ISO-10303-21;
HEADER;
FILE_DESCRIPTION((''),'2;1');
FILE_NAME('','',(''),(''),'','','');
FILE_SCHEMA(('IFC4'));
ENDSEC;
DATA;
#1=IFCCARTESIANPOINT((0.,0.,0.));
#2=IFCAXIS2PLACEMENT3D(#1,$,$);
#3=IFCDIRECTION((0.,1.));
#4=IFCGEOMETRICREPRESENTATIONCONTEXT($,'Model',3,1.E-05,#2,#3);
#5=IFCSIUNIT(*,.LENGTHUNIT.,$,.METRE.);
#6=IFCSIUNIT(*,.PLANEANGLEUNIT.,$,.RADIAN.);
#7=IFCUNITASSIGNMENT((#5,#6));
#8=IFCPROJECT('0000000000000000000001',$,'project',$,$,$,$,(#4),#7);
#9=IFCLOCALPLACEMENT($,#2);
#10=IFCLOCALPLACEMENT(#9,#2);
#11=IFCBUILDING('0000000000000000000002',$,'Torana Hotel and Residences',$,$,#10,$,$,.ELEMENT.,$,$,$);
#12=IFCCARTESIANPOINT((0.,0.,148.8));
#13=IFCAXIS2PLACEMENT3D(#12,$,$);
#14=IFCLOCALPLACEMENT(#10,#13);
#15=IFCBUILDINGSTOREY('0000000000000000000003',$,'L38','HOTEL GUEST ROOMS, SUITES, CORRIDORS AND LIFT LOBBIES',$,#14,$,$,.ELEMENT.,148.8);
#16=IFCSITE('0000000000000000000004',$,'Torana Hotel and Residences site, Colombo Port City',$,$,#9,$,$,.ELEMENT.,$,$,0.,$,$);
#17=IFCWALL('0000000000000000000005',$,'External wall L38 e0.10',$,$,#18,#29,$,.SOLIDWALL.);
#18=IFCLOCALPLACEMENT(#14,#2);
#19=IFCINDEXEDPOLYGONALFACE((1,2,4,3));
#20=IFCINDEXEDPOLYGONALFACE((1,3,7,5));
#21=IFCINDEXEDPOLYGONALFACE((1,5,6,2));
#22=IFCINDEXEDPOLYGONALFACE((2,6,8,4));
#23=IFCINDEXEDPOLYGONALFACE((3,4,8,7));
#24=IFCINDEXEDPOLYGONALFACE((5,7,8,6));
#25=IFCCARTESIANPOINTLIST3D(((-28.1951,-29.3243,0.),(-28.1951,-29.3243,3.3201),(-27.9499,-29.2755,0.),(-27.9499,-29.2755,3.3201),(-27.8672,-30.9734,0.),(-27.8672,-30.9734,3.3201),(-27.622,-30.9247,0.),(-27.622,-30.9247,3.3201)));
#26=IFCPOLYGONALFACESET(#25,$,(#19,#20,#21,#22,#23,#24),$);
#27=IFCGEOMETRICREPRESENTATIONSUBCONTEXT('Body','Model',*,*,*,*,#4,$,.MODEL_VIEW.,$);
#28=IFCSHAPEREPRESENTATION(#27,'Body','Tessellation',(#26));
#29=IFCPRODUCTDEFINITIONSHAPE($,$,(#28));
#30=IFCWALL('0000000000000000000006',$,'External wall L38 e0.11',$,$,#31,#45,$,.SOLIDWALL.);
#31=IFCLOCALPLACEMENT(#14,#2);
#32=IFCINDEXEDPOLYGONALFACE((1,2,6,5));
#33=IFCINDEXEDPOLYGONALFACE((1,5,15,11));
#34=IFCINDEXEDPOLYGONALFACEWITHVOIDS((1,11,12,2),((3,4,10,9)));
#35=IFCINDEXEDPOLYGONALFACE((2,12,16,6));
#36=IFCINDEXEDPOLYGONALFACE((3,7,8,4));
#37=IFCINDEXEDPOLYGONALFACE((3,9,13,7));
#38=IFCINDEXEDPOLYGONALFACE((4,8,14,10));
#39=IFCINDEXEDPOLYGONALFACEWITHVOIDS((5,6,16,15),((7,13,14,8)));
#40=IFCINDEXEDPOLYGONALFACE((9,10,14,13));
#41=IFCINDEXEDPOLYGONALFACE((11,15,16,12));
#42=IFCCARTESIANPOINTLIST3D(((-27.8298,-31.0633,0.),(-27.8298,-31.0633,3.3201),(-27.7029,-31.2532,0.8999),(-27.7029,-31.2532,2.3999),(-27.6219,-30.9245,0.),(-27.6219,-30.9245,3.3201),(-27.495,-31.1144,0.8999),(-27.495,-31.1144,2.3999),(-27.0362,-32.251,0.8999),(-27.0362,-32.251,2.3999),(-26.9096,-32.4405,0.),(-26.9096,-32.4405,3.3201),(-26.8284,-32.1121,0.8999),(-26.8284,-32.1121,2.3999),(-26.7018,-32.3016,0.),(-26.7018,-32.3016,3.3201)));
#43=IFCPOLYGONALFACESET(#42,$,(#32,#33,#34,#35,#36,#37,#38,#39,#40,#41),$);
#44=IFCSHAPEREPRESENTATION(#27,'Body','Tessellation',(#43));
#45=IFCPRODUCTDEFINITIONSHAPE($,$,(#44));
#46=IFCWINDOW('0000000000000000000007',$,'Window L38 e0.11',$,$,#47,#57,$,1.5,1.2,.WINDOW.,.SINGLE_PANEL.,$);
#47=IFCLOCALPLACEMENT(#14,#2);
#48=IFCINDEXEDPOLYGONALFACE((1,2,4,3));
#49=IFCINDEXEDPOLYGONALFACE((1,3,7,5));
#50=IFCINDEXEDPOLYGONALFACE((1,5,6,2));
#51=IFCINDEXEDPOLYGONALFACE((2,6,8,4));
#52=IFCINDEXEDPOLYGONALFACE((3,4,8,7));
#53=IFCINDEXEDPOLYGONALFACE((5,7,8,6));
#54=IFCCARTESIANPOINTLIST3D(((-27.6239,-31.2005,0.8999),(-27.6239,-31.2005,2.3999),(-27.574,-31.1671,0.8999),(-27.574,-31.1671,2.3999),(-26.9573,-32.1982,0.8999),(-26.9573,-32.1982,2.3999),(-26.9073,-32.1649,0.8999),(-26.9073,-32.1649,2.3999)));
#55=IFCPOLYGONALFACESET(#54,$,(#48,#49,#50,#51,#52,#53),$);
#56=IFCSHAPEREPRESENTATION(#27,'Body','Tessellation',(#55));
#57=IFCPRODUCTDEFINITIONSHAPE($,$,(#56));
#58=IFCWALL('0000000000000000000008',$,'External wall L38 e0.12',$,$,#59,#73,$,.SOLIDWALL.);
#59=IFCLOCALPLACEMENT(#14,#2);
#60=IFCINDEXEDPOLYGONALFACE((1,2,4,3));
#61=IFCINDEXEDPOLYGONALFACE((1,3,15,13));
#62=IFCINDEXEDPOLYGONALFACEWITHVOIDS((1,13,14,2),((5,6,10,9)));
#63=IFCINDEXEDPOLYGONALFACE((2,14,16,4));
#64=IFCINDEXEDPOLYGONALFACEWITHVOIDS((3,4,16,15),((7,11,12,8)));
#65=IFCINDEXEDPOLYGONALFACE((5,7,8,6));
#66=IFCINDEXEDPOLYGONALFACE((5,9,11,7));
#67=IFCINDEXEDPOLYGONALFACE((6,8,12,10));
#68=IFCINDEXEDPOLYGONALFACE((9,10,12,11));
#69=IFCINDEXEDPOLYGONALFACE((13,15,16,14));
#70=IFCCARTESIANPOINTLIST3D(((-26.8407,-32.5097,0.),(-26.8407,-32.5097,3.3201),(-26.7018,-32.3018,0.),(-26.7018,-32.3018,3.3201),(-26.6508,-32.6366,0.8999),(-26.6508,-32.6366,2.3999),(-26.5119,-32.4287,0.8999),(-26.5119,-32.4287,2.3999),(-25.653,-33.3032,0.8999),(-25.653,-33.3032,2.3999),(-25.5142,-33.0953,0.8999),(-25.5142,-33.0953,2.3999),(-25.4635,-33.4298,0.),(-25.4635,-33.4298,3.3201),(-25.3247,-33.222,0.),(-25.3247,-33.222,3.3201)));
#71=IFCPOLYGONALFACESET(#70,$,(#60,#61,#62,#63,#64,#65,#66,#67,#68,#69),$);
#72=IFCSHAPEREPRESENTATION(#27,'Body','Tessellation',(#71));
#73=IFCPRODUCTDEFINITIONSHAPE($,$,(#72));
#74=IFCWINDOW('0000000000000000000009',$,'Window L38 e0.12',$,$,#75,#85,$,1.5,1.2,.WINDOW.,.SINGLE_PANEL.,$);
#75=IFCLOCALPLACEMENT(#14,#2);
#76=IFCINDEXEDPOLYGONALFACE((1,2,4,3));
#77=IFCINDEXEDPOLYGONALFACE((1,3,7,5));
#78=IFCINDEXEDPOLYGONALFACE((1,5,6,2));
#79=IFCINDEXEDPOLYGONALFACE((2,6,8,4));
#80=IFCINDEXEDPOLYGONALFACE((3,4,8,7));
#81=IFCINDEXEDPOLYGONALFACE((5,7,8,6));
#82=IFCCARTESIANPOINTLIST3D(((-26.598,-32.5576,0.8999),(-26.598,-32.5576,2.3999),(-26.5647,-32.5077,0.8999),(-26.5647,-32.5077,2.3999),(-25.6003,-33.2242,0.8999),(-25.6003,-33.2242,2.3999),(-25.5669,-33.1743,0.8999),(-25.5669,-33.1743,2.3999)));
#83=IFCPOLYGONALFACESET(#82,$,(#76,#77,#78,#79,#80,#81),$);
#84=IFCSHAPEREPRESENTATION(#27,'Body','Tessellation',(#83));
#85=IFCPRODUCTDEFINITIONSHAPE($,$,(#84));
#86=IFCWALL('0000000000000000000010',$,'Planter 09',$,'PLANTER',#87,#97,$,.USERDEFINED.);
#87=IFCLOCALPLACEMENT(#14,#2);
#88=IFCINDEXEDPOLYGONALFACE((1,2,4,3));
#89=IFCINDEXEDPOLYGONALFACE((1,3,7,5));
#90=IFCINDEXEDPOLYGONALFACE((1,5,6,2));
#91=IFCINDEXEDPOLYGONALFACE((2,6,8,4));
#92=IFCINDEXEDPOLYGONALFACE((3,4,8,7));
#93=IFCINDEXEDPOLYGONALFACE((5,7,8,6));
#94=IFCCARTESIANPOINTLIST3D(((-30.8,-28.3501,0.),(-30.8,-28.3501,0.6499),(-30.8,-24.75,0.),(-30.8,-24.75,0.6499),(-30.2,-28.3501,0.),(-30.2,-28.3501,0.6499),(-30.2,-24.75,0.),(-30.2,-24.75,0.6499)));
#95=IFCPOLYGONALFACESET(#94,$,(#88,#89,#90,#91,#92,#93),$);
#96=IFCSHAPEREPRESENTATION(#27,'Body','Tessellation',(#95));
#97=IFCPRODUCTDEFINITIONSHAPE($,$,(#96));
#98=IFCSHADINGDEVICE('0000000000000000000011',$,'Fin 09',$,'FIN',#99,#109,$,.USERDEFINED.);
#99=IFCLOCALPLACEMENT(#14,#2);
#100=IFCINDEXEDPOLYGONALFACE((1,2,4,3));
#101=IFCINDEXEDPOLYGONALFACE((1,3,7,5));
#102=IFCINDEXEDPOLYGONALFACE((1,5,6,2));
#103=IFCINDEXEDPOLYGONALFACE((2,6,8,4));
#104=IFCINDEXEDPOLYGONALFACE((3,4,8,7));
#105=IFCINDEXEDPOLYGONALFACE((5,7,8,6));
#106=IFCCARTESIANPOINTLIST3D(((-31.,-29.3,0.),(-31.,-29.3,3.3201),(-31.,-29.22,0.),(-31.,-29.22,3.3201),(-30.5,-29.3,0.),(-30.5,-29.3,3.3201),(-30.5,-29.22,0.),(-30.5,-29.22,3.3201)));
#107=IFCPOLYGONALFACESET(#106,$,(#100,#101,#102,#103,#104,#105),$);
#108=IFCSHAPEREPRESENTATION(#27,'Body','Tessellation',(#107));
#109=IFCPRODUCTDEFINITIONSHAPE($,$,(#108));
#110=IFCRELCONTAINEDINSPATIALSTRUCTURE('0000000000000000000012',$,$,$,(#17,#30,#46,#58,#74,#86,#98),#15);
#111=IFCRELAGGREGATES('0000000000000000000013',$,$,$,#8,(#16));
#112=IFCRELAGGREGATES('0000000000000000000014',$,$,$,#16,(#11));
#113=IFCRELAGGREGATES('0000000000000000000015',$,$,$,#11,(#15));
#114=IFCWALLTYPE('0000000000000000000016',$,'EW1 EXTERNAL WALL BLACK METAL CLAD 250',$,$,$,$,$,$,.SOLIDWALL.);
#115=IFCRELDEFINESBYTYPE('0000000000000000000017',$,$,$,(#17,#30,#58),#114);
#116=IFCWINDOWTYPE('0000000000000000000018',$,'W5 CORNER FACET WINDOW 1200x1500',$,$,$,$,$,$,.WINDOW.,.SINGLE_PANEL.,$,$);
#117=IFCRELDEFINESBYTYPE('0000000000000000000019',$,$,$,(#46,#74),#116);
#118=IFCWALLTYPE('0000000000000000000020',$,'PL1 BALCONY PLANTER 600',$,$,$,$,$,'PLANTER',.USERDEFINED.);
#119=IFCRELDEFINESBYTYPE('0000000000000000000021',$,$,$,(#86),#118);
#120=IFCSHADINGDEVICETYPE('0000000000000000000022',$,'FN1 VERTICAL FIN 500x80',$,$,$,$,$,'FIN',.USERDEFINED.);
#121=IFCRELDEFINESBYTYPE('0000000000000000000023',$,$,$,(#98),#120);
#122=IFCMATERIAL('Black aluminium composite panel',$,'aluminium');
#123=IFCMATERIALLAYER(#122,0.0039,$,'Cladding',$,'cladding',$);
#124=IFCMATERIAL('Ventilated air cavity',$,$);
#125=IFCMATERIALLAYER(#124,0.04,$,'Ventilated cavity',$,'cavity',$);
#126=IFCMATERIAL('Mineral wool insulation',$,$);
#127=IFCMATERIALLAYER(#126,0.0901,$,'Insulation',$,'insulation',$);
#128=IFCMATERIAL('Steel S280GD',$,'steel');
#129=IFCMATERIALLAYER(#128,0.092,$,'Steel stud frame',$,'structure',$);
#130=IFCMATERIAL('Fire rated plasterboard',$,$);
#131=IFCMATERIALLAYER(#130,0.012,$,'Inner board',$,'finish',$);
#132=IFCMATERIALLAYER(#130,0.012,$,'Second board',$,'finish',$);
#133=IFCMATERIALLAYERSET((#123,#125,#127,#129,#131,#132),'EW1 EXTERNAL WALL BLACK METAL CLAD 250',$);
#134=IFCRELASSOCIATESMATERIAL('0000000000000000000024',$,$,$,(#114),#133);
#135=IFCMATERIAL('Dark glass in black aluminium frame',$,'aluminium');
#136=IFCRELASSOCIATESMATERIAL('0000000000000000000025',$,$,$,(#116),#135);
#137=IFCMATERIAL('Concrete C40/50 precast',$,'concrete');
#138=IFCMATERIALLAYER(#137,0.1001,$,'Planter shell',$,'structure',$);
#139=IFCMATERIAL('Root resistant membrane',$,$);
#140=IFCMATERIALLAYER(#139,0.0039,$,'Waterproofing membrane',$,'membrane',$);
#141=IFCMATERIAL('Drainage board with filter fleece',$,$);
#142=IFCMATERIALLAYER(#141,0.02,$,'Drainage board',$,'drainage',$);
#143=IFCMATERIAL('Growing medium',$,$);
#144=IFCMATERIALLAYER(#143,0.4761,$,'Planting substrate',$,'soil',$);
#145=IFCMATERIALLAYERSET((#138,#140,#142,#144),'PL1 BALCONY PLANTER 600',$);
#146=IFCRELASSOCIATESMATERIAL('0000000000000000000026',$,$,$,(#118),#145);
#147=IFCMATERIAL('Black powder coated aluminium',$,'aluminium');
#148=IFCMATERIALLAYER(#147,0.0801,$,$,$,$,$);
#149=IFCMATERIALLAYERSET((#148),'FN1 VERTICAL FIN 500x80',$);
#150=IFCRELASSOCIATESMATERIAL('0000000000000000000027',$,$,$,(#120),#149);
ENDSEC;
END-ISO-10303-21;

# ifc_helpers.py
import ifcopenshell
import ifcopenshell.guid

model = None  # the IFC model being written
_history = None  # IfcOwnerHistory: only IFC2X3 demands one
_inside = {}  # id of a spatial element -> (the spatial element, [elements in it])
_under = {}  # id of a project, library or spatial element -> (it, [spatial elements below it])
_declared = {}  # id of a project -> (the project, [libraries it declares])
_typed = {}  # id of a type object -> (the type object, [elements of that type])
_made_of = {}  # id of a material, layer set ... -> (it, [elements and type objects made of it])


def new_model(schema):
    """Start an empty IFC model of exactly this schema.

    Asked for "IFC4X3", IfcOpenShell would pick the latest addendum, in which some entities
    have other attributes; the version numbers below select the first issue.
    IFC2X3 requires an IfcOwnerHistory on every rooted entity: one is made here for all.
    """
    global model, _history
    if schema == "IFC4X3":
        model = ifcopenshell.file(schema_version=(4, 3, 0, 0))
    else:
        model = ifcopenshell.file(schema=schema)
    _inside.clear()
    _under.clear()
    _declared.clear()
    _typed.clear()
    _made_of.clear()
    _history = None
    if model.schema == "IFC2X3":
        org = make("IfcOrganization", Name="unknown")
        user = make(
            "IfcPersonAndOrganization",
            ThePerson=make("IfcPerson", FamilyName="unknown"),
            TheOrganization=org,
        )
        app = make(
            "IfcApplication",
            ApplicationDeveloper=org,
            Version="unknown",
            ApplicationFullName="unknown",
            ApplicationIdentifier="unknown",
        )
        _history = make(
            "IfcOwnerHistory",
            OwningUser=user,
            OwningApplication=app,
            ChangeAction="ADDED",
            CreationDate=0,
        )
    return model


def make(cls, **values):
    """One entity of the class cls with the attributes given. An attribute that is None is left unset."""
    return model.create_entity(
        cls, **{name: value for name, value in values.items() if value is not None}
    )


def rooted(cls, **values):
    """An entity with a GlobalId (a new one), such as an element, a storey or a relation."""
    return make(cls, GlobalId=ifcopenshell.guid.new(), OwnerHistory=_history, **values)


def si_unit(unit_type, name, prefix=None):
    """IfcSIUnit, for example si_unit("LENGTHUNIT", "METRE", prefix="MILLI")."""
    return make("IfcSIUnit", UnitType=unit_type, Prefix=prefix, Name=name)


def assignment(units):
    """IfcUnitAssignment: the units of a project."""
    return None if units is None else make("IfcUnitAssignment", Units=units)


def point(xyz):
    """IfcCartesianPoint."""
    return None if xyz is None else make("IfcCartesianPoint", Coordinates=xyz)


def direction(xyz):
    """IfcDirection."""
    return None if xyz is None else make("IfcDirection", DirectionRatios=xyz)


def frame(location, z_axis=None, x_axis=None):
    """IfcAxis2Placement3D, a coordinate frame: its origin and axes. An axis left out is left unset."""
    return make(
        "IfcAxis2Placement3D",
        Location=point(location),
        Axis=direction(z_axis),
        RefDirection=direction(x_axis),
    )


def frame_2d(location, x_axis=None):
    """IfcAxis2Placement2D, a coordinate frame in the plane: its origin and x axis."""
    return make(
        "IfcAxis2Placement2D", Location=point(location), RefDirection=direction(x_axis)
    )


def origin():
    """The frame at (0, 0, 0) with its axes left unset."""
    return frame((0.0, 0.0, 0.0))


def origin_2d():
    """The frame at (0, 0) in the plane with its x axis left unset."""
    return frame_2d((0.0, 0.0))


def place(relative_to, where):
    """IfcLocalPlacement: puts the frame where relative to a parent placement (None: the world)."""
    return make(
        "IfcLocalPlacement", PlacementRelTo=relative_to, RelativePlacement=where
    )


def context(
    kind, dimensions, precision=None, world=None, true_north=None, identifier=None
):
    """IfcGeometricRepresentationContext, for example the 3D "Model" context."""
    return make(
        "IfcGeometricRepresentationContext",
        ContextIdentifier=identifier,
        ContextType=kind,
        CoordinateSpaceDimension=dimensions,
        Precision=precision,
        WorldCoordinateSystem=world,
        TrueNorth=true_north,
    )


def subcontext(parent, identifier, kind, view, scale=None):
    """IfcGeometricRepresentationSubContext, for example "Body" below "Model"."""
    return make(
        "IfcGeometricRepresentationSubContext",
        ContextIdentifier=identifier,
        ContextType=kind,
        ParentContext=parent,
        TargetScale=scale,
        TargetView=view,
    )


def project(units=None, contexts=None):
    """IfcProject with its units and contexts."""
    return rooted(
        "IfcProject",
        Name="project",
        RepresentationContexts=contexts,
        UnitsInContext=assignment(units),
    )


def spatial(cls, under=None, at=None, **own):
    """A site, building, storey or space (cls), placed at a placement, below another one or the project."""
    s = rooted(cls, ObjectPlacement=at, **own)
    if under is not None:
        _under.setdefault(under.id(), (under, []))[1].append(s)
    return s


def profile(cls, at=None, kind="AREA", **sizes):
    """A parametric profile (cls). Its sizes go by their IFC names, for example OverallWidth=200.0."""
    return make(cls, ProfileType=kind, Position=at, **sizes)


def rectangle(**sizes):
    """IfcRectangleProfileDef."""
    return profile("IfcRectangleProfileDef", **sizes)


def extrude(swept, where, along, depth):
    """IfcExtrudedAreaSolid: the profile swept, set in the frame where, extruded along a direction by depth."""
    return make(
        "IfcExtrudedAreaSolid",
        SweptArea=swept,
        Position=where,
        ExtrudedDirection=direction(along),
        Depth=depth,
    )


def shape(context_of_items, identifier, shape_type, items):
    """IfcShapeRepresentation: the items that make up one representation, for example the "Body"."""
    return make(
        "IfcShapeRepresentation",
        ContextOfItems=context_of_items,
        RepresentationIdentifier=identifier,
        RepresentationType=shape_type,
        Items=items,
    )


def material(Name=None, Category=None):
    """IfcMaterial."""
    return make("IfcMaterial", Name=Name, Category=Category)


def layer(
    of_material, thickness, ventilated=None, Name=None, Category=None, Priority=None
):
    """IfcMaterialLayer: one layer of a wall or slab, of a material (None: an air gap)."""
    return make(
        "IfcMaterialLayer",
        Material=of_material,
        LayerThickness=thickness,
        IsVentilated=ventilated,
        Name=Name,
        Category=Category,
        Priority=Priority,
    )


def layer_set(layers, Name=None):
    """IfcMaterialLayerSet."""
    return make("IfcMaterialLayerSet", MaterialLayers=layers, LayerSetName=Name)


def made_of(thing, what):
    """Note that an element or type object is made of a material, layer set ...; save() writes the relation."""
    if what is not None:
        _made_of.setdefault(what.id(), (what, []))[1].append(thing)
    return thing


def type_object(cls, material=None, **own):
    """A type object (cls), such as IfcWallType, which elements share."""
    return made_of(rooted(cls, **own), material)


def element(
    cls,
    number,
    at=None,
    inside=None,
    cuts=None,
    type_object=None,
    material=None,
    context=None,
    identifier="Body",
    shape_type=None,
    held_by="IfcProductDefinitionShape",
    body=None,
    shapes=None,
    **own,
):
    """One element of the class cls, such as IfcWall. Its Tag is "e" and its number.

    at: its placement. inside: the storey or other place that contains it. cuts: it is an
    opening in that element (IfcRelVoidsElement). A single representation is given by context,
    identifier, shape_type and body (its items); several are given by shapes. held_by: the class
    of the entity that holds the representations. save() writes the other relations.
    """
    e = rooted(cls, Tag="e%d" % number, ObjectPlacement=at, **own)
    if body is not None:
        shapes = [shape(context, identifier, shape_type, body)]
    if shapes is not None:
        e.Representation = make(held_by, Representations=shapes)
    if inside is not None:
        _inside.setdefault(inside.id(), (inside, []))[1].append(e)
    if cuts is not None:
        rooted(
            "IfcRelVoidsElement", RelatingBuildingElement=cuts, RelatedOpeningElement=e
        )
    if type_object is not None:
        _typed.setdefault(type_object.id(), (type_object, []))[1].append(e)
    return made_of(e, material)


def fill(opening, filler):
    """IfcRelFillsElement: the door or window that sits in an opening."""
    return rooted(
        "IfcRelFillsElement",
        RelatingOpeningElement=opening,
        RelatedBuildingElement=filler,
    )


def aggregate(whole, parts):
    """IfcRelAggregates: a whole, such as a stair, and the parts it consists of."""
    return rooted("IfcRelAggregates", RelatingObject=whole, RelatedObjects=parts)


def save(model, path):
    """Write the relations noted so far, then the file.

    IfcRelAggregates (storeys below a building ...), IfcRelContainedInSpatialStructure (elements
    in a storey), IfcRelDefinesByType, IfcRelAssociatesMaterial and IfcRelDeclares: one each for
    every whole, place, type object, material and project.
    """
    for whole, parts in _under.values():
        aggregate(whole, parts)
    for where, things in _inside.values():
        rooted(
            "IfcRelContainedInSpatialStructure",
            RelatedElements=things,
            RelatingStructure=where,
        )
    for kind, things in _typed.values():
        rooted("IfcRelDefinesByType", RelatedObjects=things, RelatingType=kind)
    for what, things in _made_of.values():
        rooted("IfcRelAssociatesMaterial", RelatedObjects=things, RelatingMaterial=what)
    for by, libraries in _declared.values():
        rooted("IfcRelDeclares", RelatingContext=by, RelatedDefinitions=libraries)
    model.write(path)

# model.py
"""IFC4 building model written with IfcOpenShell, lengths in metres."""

from ifc_helpers import new_model, si_unit, direction, frame, frame_2d, origin, origin_2d, place, context, subcontext, project, spatial, rectangle, extrude, material, layer, layer_set, type_object, element, fill, save


model = new_model("IFC4")

# Units and contexts
model_context = context("Model", 3, precision=1e-05, world=origin(), true_north=direction((0.0, 1.0)))
body_context = subcontext(model_context, "Body", "Model", "MODEL_VIEW")
ifc_project = project(units=[si_unit("LENGTHUNIT", "METRE"), si_unit("PLANEANGLEUNIT", "RADIAN")], contexts=[model_context])

# Site, building, storey
site_placement = place(None, origin())
site = spatial("IfcSite", under=ifc_project, at=site_placement, Name="Torana Hotel and Residences site, Colombo Port City", CompositionType="ELEMENT", RefElevation=0.0)
building_placement = place(site_placement, origin())
building = spatial("IfcBuilding", under=site, at=building_placement, Name="Torana Hotel and Residences", CompositionType="ELEMENT")
storey_placement = place(building_placement, frame((0.0, 0.0, 148.8)))
storey = spatial("IfcBuildingStorey", under=building, at=storey_placement, Name="L38", Description="HOTEL GUEST ROOMS, SUITES, CORRIDORS AND LIFT LOBBIES", CompositionType="ELEMENT", Elevation=148.8)

# Wall
ifc_material_1 = material(Name="Black aluminium composite panel", Category="aluminium")
ifc_layer_1 = layer(ifc_material_1, 0.0039, Name="Cladding", Category="cladding")
ifc_material_2 = material(Name="Ventilated air cavity")
ifc_layer_2 = layer(ifc_material_2, 0.04, Name="Ventilated cavity", Category="cavity")
ifc_material_3 = material(Name="Mineral wool insulation")
ifc_layer_3 = layer(ifc_material_3, 0.0901, Name="Insulation", Category="insulation")
ifc_material_4 = material(Name="Steel S280GD", Category="steel")
ifc_layer_4 = layer(ifc_material_4, 0.092, Name="Steel stud frame", Category="structure")
ifc_material_5 = material(Name="Fire rated plasterboard")
ifc_layer_5 = layer(ifc_material_5, 0.012, Name="Inner board", Category="finish")
ifc_layer_6 = layer(ifc_material_5, 0.012, Name="Second board", Category="finish")
ifc_layer_set_1 = layer_set([ifc_layer_1, ifc_layer_2, ifc_layer_3, ifc_layer_4, ifc_layer_5, ifc_layer_6], Name="EW1 EXTERNAL WALL BLACK METAL CLAD 250")
wall_type_1 = type_object("IfcWallType", Name="EW1 EXTERNAL WALL BLACK METAL CLAD 250", PredefinedType="SOLIDWALL", material=ifc_layer_set_1)
wall_1_placement = place(storey_placement, frame((-28.0725, -29.2998, 0.0), z_axis=(0.0, 0.0, 1.0), x_axis=(0.194999, -0.980803, 0.0)))
element("IfcWall", 1, at=wall_1_placement, inside=storey, type_object=wall_type_1, Name="External wall L38 e0.10", PredefinedType="SOLIDWALL", context=body_context, shape_type="SweptSolid", body=[
    extrude(rectangle(XDim=1.6814, YDim=0.25, at=frame_2d((0.8408, 0.0))), origin(), (0.0, 0.0, 1.0), 3.3201),
])

# Walls, openings, windows
wall_2_placement = place(storey_placement, frame((-27.7258, -30.9939, 0.0), z_axis=(0.0, 0.0, 1.0), x_axis=(0.55555, -0.831483, 0.0)))
wall_2 = element("IfcWall", 2, at=wall_2_placement, inside=storey, type_object=wall_type_1, Name="External wall L38 e0.11", PredefinedType="SOLIDWALL", context=body_context, shape_type="SweptSolid", body=[
    extrude(rectangle(XDim=1.6562, YDim=0.25, at=frame_2d((0.8281, 0.0))), origin(), (0.0, 0.0, 1.0), 3.3201),
])
opening_1_placement = place(wall_2_placement, frame((0.2283, 0.0, 0.8999)))
opening_1 = element("IfcOpeningElement", 3, at=opening_1_placement, cuts=wall_2, PredefinedType="OPENING", context=body_context, shape_type="SweptSolid", body=[
    extrude(rectangle(XDim=1.2, YDim=1.5, at=frame_2d((0.6001, 0.75))), frame((0.0, 0.135, 0.0), z_axis=(0.0, -1.0, 0.0), x_axis=(1.0, 0.0, 0.0)), (0.0, 0.0, 1.0), 0.27),
])
ifc_material_6 = material(Name="Dark glass in black aluminium frame", Category="aluminium")
window_type = type_object("IfcWindowType", Name="W5 CORNER FACET WINDOW 1200x1500", PartitioningType="SINGLE_PANEL", PredefinedType="WINDOW", material=ifc_material_6)
window_1_placement = place(opening_1_placement, origin())
window_1 = element("IfcWindow", 4, at=window_1_placement, inside=storey, type_object=window_type, Name="Window L38 e0.11", OverallHeight=1.5, OverallWidth=1.2, PartitioningType="SINGLE_PANEL", PredefinedType="WINDOW", context=body_context, shape_type="SweptSolid", body=[
    extrude(rectangle(XDim=1.2, YDim=1.5, at=frame_2d((0.6001, 0.75))), frame((0.0, 0.03, 0.0), z_axis=(0.0, -1.0, 0.0), x_axis=(1.0, 0.0, 0.0)), (0.0, 0.0, 1.0), 0.0601),
])
fill(opening_1, window_1)
wall_3_placement = place(storey_placement, frame((-26.7712, -32.4058, 0.0), z_axis=(0.0, 0.0, 1.0), x_axis=(0.831483, -0.55555, 0.0)))
wall_3 = element("IfcWall", 5, at=wall_3_placement, inside=storey, type_object=wall_type_1, Name="External wall L38 e0.12", PredefinedType="SOLIDWALL", context=body_context, shape_type="SweptSolid", body=[
    extrude(rectangle(XDim=1.6562, YDim=0.25, at=frame_2d((0.8281, 0.0))), origin(), (0.0, 0.0, 1.0), 3.3201),
])
opening_2_placement = place(wall_3_placement, frame((0.2283, 0.0, 0.8999)))
opening_2 = element("IfcOpeningElement", 6, at=opening_2_placement, cuts=wall_3, PredefinedType="OPENING", context=body_context, shape_type="SweptSolid", body=[
    extrude(rectangle(XDim=1.2, YDim=1.5, at=frame_2d((0.6001, 0.75))), frame((0.0, 0.135, 0.0), z_axis=(0.0, -1.0, 0.0), x_axis=(1.0, 0.0, 0.0)), (0.0, 0.0, 1.0), 0.27),
])
window_2_placement = place(opening_2_placement, origin())
window_2 = element("IfcWindow", 7, at=window_2_placement, inside=storey, type_object=window_type, Name="Window L38 e0.12", OverallHeight=1.5, OverallWidth=1.2, PartitioningType="SINGLE_PANEL", PredefinedType="WINDOW", context=body_context, shape_type="SweptSolid", body=[
    extrude(rectangle(XDim=1.2, YDim=1.5, at=frame_2d((0.6001, 0.75))), frame((0.0, 0.03, 0.0), z_axis=(0.0, -1.0, 0.0), x_axis=(1.0, 0.0, 0.0)), (0.0, 0.0, 1.0), 0.0601),
])
fill(opening_2, window_2)

# Wall
ifc_material_7 = material(Name="Concrete C40/50 precast", Category="concrete")
ifc_layer_7 = layer(ifc_material_7, 0.1001, Name="Planter shell", Category="structure")
ifc_material_8 = material(Name="Root resistant membrane")
ifc_layer_8 = layer(ifc_material_8, 0.0039, Name="Waterproofing membrane", Category="membrane")
ifc_material_9 = material(Name="Drainage board with filter fleece")
ifc_layer_9 = layer(ifc_material_9, 0.02, Name="Drainage board", Category="drainage")
ifc_material_10 = material(Name="Growing medium")
ifc_layer_10 = layer(ifc_material_10, 0.4761, Name="Planting substrate", Category="soil")
ifc_layer_set_2 = layer_set([ifc_layer_7, ifc_layer_8, ifc_layer_9, ifc_layer_10], Name="PL1 BALCONY PLANTER 600")
wall_type_2 = type_object("IfcWallType", Name="PL1 BALCONY PLANTER 600", ElementType="PLANTER", PredefinedType="USERDEFINED", material=ifc_layer_set_2)
wall_4_placement = place(storey_placement, frame((-30.5, -28.3501, 0.0), z_axis=(0.0, 0.0, 1.0), x_axis=(0.0, 1.0, 0.0)))
element("IfcWall", 8, at=wall_4_placement, inside=storey, type_object=wall_type_2, Name="Planter 09", ObjectType="PLANTER", PredefinedType="USERDEFINED", context=body_context, shape_type="SweptSolid", body=[
    extrude(rectangle(XDim=3.6001, YDim=0.6001, at=frame_2d((1.8, 0.0))), origin(), (0.0, 0.0, 1.0), 0.6499),
])

# Shading device
ifc_material_11 = material(Name="Black powder coated aluminium", Category="aluminium")
ifc_layer_11 = layer(ifc_material_11, 0.0801)
ifc_layer_set_3 = layer_set([ifc_layer_11], Name="FN1 VERTICAL FIN 500x80")
shading_device_type = type_object("IfcShadingDeviceType", Name="FN1 VERTICAL FIN 500x80", ElementType="FIN", PredefinedType="USERDEFINED", material=ifc_layer_set_3)
shading_device_placement = place(storey_placement, frame((-30.75, -29.26, 0.0), z_axis=(0.0, 0.0, 1.0), x_axis=(0.0, 1.0, 0.0)))
element("IfcShadingDevice", 9, at=shading_device_placement, inside=storey, type_object=shading_device_type, Name="Fin 09", ObjectType="FIN", PredefinedType="USERDEFINED", context=body_context, shape_type="SweptSolid", body=[
    extrude(rectangle(XDim=0.0801, YDim=0.5, at=origin_2d()), origin(), (0.0, 0.0, 1.0), 3.3201),
])

save(model, "model.ifc")
